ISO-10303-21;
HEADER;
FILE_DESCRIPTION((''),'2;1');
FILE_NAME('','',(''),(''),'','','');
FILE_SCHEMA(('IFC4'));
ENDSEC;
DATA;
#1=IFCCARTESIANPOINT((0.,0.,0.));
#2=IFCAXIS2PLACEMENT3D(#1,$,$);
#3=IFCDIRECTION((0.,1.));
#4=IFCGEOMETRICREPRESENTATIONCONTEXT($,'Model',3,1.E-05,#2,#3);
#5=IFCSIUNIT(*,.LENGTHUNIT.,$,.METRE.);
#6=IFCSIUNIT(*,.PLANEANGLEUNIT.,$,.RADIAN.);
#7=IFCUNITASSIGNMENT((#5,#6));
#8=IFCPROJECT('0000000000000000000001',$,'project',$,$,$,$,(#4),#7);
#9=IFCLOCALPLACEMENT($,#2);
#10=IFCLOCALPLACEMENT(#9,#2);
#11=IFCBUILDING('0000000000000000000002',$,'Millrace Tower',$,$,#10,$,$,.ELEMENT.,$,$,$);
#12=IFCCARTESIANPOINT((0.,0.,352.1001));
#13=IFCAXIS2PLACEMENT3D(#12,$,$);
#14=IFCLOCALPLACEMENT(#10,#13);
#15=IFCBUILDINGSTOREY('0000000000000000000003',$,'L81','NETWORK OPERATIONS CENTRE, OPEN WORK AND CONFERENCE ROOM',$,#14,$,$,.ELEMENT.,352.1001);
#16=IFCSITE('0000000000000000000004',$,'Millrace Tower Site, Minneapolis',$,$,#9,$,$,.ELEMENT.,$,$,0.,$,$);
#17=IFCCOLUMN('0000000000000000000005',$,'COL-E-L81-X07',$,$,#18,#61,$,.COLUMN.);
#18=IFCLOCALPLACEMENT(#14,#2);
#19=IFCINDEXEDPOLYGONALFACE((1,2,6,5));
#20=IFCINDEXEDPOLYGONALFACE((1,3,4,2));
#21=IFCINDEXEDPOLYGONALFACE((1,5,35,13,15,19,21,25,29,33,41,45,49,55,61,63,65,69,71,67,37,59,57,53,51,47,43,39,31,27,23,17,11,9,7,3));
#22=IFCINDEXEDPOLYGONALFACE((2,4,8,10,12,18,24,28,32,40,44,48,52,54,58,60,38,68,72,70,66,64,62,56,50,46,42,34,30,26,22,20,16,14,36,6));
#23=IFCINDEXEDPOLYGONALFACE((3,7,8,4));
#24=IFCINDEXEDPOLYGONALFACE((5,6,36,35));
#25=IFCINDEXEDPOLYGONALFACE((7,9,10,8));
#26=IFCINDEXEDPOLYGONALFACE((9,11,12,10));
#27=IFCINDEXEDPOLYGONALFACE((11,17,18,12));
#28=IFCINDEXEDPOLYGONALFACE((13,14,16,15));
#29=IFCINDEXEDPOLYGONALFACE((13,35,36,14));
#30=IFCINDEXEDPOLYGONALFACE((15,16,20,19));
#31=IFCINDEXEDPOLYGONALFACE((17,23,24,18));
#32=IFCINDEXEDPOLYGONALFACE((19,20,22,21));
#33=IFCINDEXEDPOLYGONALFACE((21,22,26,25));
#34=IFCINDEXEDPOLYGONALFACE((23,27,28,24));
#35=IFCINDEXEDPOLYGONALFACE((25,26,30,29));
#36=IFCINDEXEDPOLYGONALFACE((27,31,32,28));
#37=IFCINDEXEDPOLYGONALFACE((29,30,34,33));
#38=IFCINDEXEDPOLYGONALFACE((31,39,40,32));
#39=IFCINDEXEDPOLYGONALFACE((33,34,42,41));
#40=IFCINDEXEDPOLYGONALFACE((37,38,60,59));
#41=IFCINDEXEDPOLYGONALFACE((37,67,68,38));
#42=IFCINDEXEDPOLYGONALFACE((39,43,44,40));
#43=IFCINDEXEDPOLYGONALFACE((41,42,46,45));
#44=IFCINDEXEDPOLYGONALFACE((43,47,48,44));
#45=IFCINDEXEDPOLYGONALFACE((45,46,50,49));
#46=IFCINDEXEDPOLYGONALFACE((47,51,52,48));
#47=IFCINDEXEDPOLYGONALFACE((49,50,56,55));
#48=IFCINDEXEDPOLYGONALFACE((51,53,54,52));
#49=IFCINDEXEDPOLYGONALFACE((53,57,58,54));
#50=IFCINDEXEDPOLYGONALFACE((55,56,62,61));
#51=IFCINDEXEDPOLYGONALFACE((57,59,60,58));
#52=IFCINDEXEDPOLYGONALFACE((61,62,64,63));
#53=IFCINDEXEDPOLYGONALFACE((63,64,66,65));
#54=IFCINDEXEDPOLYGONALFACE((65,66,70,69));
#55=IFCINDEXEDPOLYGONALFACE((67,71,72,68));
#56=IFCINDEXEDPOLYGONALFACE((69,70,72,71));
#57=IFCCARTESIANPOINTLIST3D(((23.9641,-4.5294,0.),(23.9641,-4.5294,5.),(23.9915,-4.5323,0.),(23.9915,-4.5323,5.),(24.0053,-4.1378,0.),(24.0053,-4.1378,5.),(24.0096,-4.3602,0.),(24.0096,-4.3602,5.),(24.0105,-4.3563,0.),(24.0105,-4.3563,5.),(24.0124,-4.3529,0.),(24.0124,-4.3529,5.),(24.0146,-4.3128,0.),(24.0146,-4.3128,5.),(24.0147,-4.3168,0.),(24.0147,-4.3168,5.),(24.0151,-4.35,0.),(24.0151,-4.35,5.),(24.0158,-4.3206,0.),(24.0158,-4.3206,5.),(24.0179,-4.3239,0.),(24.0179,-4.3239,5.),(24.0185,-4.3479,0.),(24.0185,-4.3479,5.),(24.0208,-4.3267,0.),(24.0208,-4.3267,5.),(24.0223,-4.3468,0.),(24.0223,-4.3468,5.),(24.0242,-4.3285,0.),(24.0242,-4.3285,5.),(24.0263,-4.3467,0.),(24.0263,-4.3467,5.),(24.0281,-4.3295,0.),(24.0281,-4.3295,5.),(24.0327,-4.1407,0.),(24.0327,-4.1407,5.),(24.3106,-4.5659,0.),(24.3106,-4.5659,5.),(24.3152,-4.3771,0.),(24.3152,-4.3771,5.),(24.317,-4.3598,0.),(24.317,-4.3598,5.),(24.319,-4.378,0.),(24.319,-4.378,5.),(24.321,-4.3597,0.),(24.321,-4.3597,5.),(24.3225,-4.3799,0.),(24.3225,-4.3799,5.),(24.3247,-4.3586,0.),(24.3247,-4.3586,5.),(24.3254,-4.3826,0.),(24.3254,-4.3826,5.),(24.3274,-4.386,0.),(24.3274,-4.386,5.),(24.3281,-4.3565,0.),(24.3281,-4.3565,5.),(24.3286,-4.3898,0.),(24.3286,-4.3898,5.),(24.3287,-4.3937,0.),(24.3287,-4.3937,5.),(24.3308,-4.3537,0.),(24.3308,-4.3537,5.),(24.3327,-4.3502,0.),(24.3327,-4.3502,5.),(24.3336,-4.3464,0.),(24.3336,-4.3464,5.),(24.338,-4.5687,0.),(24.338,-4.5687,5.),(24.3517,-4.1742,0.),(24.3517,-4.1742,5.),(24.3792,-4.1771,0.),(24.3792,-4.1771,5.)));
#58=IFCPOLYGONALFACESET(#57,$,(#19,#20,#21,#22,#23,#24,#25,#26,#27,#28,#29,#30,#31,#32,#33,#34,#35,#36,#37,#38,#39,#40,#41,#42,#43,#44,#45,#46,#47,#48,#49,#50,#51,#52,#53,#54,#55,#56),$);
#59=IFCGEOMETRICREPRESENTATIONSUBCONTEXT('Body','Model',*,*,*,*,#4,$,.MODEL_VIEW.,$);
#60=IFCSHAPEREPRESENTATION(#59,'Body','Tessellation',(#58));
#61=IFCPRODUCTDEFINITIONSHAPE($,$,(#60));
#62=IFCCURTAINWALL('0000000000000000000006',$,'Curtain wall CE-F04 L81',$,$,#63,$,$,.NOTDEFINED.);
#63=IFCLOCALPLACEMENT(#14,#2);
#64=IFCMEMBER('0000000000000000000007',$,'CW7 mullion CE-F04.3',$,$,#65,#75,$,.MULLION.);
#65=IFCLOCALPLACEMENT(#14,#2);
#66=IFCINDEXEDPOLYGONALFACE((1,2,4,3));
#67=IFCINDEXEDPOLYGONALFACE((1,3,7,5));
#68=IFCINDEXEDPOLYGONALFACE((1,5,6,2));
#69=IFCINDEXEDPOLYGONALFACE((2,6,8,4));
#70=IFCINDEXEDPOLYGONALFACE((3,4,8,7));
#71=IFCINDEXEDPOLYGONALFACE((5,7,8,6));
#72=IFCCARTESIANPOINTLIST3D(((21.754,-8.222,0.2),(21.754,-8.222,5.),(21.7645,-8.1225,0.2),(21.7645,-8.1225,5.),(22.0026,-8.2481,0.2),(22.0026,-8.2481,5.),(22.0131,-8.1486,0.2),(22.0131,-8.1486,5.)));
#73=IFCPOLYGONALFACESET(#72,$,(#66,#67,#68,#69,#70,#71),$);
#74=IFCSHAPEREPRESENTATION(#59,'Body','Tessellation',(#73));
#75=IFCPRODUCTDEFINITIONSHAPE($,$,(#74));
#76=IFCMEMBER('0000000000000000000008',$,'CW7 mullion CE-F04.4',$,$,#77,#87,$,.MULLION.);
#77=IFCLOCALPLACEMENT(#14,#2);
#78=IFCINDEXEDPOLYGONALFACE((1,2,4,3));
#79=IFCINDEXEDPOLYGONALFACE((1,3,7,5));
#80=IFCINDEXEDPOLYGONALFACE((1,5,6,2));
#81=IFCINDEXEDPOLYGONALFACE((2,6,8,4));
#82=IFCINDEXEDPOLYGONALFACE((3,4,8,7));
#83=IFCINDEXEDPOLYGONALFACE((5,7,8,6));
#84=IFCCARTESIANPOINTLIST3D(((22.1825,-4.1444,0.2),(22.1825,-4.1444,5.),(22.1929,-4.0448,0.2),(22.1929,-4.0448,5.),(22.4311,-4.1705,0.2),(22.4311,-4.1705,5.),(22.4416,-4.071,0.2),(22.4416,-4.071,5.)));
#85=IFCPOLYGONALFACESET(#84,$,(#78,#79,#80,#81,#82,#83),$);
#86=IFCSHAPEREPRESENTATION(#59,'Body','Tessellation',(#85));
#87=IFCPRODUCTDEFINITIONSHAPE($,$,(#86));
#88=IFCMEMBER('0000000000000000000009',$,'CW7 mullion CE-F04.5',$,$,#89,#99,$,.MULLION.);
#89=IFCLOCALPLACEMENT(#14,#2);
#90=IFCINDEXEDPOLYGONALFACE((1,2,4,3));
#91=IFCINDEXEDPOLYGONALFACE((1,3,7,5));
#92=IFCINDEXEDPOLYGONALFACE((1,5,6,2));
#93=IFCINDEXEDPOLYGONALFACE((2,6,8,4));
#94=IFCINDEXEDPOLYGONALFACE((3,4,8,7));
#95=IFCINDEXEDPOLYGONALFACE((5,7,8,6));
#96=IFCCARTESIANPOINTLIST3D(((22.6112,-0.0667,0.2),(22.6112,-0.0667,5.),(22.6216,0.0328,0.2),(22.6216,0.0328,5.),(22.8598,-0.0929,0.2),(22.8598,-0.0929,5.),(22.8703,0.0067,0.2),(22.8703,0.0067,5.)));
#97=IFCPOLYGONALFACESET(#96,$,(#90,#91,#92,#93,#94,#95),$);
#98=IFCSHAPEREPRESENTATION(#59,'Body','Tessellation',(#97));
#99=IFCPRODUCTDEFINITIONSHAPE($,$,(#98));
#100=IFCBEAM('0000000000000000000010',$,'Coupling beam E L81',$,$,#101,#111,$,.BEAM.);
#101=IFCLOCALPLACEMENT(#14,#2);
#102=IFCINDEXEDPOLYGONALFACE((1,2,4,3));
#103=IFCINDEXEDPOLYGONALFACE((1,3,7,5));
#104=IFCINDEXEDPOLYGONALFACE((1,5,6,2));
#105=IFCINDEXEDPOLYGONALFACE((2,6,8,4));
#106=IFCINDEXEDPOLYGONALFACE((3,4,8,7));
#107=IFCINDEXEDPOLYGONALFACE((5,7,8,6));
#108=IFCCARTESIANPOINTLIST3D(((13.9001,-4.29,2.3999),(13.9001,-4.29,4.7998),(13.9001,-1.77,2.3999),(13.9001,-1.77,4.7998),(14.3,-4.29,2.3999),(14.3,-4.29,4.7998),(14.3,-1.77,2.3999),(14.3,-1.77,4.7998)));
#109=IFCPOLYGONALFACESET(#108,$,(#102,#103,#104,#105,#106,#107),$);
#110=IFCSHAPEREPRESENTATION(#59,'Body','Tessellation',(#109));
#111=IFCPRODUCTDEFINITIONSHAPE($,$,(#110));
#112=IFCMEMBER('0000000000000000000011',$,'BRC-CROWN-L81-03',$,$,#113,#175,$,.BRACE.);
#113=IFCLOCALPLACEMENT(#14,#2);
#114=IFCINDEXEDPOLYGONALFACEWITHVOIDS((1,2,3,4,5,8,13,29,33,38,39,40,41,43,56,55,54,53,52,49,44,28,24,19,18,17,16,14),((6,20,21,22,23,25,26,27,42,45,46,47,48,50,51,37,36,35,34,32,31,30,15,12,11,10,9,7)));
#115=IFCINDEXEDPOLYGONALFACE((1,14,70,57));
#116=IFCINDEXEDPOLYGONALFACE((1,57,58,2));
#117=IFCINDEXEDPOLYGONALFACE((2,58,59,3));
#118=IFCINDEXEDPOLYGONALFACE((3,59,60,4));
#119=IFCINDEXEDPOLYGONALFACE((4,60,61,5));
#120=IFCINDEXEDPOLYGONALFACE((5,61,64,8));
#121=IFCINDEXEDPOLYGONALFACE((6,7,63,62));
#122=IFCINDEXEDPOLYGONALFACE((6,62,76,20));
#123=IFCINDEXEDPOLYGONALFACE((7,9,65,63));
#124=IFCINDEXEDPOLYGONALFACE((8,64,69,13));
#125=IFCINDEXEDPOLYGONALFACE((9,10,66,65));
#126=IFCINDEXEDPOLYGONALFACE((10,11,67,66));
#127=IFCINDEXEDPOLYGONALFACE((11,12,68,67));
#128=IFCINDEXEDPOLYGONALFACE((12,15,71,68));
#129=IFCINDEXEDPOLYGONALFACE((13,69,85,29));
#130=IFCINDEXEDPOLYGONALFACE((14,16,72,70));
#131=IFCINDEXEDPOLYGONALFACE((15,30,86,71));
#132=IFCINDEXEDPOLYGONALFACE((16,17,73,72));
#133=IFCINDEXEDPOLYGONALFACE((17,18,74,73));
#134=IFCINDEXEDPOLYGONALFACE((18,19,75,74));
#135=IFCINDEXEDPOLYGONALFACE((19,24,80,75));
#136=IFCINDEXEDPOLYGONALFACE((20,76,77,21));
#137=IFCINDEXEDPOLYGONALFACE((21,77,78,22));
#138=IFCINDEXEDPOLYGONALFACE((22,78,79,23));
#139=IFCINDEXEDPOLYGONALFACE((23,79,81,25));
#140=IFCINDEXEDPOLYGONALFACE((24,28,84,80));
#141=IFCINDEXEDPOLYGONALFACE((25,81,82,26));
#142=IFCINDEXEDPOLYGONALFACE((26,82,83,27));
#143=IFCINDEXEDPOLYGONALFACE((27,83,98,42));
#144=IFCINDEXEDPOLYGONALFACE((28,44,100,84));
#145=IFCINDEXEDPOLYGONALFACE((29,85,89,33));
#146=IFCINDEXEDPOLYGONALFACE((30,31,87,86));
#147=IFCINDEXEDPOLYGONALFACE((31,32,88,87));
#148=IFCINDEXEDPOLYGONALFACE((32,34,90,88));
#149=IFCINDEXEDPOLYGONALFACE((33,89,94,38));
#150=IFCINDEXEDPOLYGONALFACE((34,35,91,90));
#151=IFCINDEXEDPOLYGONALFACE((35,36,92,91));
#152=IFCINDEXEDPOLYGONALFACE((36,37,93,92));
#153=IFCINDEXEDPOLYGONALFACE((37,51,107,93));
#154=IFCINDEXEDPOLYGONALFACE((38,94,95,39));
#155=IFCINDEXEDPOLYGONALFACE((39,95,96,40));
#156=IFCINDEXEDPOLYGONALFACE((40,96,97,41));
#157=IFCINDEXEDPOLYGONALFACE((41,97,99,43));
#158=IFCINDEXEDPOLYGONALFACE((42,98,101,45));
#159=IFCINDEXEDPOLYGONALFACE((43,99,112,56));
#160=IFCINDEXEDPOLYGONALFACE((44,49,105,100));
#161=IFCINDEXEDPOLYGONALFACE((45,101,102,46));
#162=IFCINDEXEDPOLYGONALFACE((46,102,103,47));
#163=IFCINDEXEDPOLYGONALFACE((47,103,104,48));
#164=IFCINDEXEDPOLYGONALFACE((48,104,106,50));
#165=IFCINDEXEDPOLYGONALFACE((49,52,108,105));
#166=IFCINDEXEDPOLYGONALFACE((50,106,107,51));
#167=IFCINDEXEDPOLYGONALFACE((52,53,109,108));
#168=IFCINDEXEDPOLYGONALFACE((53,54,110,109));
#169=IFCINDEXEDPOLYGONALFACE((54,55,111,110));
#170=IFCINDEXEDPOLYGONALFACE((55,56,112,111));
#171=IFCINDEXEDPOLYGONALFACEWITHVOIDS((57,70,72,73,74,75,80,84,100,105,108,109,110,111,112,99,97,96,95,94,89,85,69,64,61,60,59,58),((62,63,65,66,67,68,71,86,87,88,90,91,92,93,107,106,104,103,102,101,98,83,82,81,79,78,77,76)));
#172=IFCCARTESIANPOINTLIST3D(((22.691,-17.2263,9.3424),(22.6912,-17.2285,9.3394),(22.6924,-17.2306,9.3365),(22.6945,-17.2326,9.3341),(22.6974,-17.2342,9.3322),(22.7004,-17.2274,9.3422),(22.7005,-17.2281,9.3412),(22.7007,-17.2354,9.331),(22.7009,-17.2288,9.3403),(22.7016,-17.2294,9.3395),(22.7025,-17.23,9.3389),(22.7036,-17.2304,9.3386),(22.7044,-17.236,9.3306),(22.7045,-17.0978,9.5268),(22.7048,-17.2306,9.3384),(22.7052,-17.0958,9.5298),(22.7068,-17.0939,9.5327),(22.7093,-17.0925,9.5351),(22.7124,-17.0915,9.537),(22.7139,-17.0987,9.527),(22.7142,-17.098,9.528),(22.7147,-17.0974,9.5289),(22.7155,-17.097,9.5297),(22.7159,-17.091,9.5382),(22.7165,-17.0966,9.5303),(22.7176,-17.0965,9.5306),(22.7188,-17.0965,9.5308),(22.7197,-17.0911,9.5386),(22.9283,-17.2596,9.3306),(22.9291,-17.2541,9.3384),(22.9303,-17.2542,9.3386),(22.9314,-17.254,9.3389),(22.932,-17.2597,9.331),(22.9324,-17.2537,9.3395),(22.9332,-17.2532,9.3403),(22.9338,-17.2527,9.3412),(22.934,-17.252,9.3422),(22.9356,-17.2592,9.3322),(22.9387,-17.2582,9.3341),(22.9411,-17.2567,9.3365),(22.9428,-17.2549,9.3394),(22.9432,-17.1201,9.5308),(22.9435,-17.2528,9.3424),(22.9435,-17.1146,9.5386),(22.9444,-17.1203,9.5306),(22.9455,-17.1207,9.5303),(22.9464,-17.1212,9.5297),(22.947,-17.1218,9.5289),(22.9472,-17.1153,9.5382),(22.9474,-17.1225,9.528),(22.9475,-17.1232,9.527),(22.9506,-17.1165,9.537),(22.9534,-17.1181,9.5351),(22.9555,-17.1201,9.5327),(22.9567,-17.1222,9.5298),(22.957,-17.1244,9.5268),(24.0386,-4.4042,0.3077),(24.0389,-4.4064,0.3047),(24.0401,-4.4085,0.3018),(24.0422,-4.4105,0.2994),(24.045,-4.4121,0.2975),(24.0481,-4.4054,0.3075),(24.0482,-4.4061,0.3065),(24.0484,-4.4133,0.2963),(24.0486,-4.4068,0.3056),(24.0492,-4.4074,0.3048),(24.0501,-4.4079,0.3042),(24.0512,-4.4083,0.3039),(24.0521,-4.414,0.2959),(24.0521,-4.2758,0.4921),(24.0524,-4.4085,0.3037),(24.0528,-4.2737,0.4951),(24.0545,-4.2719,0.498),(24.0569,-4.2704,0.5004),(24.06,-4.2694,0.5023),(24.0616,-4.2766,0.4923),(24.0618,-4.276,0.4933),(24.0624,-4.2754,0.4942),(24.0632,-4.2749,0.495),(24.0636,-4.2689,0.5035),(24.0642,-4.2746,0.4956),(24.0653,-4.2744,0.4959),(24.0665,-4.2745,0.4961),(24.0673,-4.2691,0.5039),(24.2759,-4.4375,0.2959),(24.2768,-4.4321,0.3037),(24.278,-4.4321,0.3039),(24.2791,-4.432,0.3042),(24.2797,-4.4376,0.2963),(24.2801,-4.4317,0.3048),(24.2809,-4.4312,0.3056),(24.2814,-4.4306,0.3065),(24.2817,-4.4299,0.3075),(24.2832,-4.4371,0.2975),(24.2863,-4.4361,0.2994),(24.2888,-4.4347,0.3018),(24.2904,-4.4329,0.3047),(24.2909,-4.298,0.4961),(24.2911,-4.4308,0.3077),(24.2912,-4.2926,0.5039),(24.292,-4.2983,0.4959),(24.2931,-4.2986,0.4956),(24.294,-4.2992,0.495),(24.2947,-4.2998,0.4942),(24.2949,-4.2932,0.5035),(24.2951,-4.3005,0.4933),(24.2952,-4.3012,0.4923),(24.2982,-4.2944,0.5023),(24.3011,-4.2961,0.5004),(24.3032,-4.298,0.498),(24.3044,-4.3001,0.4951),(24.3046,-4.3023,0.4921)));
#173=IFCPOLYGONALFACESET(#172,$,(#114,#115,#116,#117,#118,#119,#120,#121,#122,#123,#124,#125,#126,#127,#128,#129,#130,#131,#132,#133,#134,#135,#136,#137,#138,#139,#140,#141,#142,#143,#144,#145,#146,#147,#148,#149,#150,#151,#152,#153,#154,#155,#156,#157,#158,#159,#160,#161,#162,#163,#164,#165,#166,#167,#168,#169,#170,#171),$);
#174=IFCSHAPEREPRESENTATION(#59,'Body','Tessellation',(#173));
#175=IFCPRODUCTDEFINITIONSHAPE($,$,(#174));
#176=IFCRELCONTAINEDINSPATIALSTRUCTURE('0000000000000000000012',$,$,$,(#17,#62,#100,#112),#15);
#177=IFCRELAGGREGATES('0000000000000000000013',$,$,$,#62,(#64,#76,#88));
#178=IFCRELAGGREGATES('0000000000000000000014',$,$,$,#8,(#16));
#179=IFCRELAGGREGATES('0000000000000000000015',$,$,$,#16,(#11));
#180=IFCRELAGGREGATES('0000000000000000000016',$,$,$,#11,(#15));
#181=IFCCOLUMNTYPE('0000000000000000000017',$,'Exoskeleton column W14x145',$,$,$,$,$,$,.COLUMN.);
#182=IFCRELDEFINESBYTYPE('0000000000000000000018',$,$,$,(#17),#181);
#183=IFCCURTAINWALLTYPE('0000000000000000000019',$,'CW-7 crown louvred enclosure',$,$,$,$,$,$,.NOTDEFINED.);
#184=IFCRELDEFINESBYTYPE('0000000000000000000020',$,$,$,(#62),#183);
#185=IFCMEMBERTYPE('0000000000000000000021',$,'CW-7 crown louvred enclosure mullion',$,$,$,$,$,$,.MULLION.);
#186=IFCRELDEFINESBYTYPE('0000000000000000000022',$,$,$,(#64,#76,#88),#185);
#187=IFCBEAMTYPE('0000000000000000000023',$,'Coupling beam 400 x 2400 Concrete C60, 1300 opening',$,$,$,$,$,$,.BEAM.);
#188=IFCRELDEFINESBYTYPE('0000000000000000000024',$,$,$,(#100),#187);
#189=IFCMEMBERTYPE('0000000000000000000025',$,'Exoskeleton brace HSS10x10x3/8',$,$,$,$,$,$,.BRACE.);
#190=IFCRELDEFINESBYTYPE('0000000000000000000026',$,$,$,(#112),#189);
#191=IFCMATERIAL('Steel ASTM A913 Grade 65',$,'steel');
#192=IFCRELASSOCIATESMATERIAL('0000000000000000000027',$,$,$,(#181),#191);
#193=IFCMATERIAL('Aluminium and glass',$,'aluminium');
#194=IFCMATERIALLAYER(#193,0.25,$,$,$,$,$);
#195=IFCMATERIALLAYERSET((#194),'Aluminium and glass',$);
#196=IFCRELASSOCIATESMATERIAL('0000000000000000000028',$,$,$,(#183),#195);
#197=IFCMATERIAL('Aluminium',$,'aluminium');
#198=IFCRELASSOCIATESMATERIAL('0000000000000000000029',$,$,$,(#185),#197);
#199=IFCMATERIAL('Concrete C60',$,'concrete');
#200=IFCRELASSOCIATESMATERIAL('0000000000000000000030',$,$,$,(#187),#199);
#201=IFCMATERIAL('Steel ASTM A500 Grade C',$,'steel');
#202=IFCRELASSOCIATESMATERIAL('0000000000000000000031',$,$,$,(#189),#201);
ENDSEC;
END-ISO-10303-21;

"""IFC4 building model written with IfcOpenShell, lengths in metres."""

from ifc_helpers import new_model, si_unit, direction, frame, origin, origin_2d, place, context, subcontext, project, spatial, rectangle, hollow_rectangle, i_section, extrude, material, layer, layer_set, material_profile, profile_set, type_object, element, aggregate, save


model = new_model("IFC4")

# Units and contexts
model_context = context("Model", 3, precision=1e-05, world=origin(), true_north=direction((0.0, 1.0)))
body_context = subcontext(model_context, "Body", "Model", "MODEL_VIEW")
ifc_project = project(units=[si_unit("LENGTHUNIT", "METRE"), si_unit("PLANEANGLEUNIT", "RADIAN")], contexts=[model_context])

# Site, building, storey
site_placement = place(None, origin())
site = spatial("IfcSite", under=ifc_project, at=site_placement, Name="Millrace Tower Site, Minneapolis", CompositionType="ELEMENT", RefElevation=0.0)
building_placement = place(site_placement, origin())
building = spatial("IfcBuilding", under=site, at=building_placement, Name="Millrace Tower", CompositionType="ELEMENT")
storey_placement = place(building_placement, frame((0.0, 0.0, 352.1001)))
storey = spatial("IfcBuildingStorey", under=building, at=storey_placement, Name="L81", Description="NETWORK OPERATIONS CENTRE, OPEN WORK AND CONFERENCE ROOM", CompositionType="ELEMENT", Elevation=352.1001)

# Column
ifc_material_1 = material(Name="Steel ASTM A913 Grade 65", Category="steel")
ifc_material_profile_1 = material_profile(ifc_material_1, i_section(OverallWidth=0.3938, OverallDepth=0.376, WebThickness=0.0173, FlangeThickness=0.0276, FilletRadius=0.0151, at=origin_2d()))
ifc_profile_set_1 = profile_set([ifc_material_profile_1], Name="Steel ASTM A913 Grade 65")
column_type = type_object("IfcColumnType", Name="Exoskeleton column W14x145", PredefinedType="COLUMN", material=ifc_profile_set_1)
column_placement = place(storey_placement, frame((24.1716, -4.3533, 0.0), z_axis=(0.0, 0.0, 1.0), x_axis=(0.104528, 0.994522, 0.0)))
element("IfcColumn", 1, at=column_placement, inside=storey, type_object=column_type, Name="COL-E-L81-X07", PredefinedType="COLUMN", context=body_context, shape_type="SweptSolid", body=[
    extrude(i_section(OverallWidth=0.3938, OverallDepth=0.376, WebThickness=0.0173, FlangeThickness=0.0276, FilletRadius=0.0151, at=origin_2d()), origin(), (0.0, 0.0, 1.0), 5.0),
])

# Curtain wall, members
ifc_material_2 = material(Name="Aluminium and glass", Category="aluminium")
ifc_layer_1 = layer(ifc_material_2, 0.25)
ifc_layer_set_1 = layer_set([ifc_layer_1], Name="Aluminium and glass")
curtain_wall_type = type_object("IfcCurtainWallType", Name="CW-7 crown louvred enclosure", PredefinedType="NOTDEFINED", material=ifc_layer_set_1)
placement = place(storey_placement, origin())
curtain_wall = element("IfcCurtainWall", 2, at=placement, inside=storey, type_object=curtain_wall_type, Name="Curtain wall CE-F04 L81", PredefinedType="NOTDEFINED")
ifc_material_3 = material(Name="Aluminium", Category="aluminium")
ifc_material_profile_2 = material_profile(ifc_material_3, rectangle(XDim=0.1001, YDim=0.25, at=origin_2d()))
ifc_profile_set_2 = profile_set([ifc_material_profile_2], Name="Aluminium")
member_type_1 = type_object("IfcMemberType", Name="CW-7 crown louvred enclosure mullion", PredefinedType="MULLION", material=ifc_profile_set_2)
member_1_placement = place(storey_placement, frame((21.8835, -8.1853, 0.2), z_axis=(0.0, 0.0, 1.0), x_axis=(0.104528, 0.994522, 0.0)))
member_1 = element("IfcMember", 3, at=member_1_placement, type_object=member_type_1, Name="CW7 mullion CE-F04.3", PredefinedType="MULLION", context=body_context, shape_type="SweptSolid", body=[
    extrude(rectangle(XDim=0.1001, YDim=0.25, at=origin_2d()), origin(), (0.0, 0.0, 1.0), 4.8),
])
member_2_placement = place(storey_placement, frame((22.312, -4.1077, 0.2), z_axis=(0.0, 0.0, 1.0), x_axis=(0.104528, 0.994522, 0.0)))
member_2 = element("IfcMember", 4, at=member_2_placement, type_object=member_type_1, Name="CW7 mullion CE-F04.4", PredefinedType="MULLION", context=body_context, shape_type="SweptSolid", body=[
    extrude(rectangle(XDim=0.1001, YDim=0.25, at=origin_2d()), origin(), (0.0, 0.0, 1.0), 4.8),
])
member_3_placement = place(storey_placement, frame((22.7407, -0.03, 0.2), z_axis=(0.0, 0.0, 1.0), x_axis=(0.104528, 0.994522, 0.0)))
member_3 = element("IfcMember", 5, at=member_3_placement, type_object=member_type_1, Name="CW7 mullion CE-F04.5", PredefinedType="MULLION", context=body_context, shape_type="SweptSolid", body=[
    extrude(rectangle(XDim=0.1001, YDim=0.25, at=origin_2d()), origin(), (0.0, 0.0, 1.0), 4.8),
])
aggregate(curtain_wall, [member_1, member_2, member_3])

# Beam
ifc_material_4 = material(Name="Concrete C60", Category="concrete")
ifc_material_profile_3 = material_profile(ifc_material_4, rectangle(XDim=0.3999, YDim=2.3999, at=origin_2d()))
ifc_profile_set_3 = profile_set([ifc_material_profile_3], Name="Concrete C60")
beam_type_1 = type_object("IfcBeamType", Name="Coupling beam 400 x 2400 Concrete C60, 1300 opening", PredefinedType="BEAM", material=ifc_profile_set_3)
beam_1_placement = place(storey_placement, frame((14.1001, -1.77, 3.5999), z_axis=(0.0, -1.0, 0.0), x_axis=(1.0, 0.0, 0.0)))
element("IfcBeam", 6, at=beam_1_placement, inside=storey, type_object=beam_type_1, Name="Coupling beam E L81", PredefinedType="BEAM", context=body_context, shape_type="SweptSolid", body=[
    extrude(rectangle(XDim=0.3999, YDim=2.3999, at=origin_2d()), origin(), (0.0, 0.0, 1.0), 2.52),
])

# Member
ifc_material_5 = material(Name="Steel ASTM A500 Grade C", Category="steel")
ifc_material_profile_4 = material_profile(ifc_material_5, hollow_rectangle(XDim=0.2539, YDim=0.2539, WallThickness=0.0095, InnerFilletRadius=0.0046, OuterFilletRadius=0.0144, at=origin_2d()))
ifc_profile_set_4 = profile_set([ifc_material_profile_4], Name="Steel ASTM A500 Grade C")
member_type_2 = type_object("IfcMemberType", Name="Exoskeleton brace HSS10x10x3/8", PredefinedType="BRACE", material=ifc_profile_set_4)
member_4_placement = place(storey_placement, frame((24.1716, -4.3533, 0.3999), z_axis=(-0.085603, -0.814453, 0.573881), x_axis=(0.994522, -0.104529, 0.0)))
element("IfcMember", 7, at=member_4_placement, inside=storey, type_object=member_type_2, Name="BRC-CROWN-L81-03", PredefinedType="BRACE", context=body_context, shape_type="SweptSolid", body=[
    extrude(hollow_rectangle(XDim=0.2539, YDim=0.2539, WallThickness=0.0095, InnerFilletRadius=0.0046, OuterFilletRadius=0.0144, at=origin_2d()), origin(), (0.0, 0.0, 1.0), 15.7432),
])

save(model, "model.ifc")
